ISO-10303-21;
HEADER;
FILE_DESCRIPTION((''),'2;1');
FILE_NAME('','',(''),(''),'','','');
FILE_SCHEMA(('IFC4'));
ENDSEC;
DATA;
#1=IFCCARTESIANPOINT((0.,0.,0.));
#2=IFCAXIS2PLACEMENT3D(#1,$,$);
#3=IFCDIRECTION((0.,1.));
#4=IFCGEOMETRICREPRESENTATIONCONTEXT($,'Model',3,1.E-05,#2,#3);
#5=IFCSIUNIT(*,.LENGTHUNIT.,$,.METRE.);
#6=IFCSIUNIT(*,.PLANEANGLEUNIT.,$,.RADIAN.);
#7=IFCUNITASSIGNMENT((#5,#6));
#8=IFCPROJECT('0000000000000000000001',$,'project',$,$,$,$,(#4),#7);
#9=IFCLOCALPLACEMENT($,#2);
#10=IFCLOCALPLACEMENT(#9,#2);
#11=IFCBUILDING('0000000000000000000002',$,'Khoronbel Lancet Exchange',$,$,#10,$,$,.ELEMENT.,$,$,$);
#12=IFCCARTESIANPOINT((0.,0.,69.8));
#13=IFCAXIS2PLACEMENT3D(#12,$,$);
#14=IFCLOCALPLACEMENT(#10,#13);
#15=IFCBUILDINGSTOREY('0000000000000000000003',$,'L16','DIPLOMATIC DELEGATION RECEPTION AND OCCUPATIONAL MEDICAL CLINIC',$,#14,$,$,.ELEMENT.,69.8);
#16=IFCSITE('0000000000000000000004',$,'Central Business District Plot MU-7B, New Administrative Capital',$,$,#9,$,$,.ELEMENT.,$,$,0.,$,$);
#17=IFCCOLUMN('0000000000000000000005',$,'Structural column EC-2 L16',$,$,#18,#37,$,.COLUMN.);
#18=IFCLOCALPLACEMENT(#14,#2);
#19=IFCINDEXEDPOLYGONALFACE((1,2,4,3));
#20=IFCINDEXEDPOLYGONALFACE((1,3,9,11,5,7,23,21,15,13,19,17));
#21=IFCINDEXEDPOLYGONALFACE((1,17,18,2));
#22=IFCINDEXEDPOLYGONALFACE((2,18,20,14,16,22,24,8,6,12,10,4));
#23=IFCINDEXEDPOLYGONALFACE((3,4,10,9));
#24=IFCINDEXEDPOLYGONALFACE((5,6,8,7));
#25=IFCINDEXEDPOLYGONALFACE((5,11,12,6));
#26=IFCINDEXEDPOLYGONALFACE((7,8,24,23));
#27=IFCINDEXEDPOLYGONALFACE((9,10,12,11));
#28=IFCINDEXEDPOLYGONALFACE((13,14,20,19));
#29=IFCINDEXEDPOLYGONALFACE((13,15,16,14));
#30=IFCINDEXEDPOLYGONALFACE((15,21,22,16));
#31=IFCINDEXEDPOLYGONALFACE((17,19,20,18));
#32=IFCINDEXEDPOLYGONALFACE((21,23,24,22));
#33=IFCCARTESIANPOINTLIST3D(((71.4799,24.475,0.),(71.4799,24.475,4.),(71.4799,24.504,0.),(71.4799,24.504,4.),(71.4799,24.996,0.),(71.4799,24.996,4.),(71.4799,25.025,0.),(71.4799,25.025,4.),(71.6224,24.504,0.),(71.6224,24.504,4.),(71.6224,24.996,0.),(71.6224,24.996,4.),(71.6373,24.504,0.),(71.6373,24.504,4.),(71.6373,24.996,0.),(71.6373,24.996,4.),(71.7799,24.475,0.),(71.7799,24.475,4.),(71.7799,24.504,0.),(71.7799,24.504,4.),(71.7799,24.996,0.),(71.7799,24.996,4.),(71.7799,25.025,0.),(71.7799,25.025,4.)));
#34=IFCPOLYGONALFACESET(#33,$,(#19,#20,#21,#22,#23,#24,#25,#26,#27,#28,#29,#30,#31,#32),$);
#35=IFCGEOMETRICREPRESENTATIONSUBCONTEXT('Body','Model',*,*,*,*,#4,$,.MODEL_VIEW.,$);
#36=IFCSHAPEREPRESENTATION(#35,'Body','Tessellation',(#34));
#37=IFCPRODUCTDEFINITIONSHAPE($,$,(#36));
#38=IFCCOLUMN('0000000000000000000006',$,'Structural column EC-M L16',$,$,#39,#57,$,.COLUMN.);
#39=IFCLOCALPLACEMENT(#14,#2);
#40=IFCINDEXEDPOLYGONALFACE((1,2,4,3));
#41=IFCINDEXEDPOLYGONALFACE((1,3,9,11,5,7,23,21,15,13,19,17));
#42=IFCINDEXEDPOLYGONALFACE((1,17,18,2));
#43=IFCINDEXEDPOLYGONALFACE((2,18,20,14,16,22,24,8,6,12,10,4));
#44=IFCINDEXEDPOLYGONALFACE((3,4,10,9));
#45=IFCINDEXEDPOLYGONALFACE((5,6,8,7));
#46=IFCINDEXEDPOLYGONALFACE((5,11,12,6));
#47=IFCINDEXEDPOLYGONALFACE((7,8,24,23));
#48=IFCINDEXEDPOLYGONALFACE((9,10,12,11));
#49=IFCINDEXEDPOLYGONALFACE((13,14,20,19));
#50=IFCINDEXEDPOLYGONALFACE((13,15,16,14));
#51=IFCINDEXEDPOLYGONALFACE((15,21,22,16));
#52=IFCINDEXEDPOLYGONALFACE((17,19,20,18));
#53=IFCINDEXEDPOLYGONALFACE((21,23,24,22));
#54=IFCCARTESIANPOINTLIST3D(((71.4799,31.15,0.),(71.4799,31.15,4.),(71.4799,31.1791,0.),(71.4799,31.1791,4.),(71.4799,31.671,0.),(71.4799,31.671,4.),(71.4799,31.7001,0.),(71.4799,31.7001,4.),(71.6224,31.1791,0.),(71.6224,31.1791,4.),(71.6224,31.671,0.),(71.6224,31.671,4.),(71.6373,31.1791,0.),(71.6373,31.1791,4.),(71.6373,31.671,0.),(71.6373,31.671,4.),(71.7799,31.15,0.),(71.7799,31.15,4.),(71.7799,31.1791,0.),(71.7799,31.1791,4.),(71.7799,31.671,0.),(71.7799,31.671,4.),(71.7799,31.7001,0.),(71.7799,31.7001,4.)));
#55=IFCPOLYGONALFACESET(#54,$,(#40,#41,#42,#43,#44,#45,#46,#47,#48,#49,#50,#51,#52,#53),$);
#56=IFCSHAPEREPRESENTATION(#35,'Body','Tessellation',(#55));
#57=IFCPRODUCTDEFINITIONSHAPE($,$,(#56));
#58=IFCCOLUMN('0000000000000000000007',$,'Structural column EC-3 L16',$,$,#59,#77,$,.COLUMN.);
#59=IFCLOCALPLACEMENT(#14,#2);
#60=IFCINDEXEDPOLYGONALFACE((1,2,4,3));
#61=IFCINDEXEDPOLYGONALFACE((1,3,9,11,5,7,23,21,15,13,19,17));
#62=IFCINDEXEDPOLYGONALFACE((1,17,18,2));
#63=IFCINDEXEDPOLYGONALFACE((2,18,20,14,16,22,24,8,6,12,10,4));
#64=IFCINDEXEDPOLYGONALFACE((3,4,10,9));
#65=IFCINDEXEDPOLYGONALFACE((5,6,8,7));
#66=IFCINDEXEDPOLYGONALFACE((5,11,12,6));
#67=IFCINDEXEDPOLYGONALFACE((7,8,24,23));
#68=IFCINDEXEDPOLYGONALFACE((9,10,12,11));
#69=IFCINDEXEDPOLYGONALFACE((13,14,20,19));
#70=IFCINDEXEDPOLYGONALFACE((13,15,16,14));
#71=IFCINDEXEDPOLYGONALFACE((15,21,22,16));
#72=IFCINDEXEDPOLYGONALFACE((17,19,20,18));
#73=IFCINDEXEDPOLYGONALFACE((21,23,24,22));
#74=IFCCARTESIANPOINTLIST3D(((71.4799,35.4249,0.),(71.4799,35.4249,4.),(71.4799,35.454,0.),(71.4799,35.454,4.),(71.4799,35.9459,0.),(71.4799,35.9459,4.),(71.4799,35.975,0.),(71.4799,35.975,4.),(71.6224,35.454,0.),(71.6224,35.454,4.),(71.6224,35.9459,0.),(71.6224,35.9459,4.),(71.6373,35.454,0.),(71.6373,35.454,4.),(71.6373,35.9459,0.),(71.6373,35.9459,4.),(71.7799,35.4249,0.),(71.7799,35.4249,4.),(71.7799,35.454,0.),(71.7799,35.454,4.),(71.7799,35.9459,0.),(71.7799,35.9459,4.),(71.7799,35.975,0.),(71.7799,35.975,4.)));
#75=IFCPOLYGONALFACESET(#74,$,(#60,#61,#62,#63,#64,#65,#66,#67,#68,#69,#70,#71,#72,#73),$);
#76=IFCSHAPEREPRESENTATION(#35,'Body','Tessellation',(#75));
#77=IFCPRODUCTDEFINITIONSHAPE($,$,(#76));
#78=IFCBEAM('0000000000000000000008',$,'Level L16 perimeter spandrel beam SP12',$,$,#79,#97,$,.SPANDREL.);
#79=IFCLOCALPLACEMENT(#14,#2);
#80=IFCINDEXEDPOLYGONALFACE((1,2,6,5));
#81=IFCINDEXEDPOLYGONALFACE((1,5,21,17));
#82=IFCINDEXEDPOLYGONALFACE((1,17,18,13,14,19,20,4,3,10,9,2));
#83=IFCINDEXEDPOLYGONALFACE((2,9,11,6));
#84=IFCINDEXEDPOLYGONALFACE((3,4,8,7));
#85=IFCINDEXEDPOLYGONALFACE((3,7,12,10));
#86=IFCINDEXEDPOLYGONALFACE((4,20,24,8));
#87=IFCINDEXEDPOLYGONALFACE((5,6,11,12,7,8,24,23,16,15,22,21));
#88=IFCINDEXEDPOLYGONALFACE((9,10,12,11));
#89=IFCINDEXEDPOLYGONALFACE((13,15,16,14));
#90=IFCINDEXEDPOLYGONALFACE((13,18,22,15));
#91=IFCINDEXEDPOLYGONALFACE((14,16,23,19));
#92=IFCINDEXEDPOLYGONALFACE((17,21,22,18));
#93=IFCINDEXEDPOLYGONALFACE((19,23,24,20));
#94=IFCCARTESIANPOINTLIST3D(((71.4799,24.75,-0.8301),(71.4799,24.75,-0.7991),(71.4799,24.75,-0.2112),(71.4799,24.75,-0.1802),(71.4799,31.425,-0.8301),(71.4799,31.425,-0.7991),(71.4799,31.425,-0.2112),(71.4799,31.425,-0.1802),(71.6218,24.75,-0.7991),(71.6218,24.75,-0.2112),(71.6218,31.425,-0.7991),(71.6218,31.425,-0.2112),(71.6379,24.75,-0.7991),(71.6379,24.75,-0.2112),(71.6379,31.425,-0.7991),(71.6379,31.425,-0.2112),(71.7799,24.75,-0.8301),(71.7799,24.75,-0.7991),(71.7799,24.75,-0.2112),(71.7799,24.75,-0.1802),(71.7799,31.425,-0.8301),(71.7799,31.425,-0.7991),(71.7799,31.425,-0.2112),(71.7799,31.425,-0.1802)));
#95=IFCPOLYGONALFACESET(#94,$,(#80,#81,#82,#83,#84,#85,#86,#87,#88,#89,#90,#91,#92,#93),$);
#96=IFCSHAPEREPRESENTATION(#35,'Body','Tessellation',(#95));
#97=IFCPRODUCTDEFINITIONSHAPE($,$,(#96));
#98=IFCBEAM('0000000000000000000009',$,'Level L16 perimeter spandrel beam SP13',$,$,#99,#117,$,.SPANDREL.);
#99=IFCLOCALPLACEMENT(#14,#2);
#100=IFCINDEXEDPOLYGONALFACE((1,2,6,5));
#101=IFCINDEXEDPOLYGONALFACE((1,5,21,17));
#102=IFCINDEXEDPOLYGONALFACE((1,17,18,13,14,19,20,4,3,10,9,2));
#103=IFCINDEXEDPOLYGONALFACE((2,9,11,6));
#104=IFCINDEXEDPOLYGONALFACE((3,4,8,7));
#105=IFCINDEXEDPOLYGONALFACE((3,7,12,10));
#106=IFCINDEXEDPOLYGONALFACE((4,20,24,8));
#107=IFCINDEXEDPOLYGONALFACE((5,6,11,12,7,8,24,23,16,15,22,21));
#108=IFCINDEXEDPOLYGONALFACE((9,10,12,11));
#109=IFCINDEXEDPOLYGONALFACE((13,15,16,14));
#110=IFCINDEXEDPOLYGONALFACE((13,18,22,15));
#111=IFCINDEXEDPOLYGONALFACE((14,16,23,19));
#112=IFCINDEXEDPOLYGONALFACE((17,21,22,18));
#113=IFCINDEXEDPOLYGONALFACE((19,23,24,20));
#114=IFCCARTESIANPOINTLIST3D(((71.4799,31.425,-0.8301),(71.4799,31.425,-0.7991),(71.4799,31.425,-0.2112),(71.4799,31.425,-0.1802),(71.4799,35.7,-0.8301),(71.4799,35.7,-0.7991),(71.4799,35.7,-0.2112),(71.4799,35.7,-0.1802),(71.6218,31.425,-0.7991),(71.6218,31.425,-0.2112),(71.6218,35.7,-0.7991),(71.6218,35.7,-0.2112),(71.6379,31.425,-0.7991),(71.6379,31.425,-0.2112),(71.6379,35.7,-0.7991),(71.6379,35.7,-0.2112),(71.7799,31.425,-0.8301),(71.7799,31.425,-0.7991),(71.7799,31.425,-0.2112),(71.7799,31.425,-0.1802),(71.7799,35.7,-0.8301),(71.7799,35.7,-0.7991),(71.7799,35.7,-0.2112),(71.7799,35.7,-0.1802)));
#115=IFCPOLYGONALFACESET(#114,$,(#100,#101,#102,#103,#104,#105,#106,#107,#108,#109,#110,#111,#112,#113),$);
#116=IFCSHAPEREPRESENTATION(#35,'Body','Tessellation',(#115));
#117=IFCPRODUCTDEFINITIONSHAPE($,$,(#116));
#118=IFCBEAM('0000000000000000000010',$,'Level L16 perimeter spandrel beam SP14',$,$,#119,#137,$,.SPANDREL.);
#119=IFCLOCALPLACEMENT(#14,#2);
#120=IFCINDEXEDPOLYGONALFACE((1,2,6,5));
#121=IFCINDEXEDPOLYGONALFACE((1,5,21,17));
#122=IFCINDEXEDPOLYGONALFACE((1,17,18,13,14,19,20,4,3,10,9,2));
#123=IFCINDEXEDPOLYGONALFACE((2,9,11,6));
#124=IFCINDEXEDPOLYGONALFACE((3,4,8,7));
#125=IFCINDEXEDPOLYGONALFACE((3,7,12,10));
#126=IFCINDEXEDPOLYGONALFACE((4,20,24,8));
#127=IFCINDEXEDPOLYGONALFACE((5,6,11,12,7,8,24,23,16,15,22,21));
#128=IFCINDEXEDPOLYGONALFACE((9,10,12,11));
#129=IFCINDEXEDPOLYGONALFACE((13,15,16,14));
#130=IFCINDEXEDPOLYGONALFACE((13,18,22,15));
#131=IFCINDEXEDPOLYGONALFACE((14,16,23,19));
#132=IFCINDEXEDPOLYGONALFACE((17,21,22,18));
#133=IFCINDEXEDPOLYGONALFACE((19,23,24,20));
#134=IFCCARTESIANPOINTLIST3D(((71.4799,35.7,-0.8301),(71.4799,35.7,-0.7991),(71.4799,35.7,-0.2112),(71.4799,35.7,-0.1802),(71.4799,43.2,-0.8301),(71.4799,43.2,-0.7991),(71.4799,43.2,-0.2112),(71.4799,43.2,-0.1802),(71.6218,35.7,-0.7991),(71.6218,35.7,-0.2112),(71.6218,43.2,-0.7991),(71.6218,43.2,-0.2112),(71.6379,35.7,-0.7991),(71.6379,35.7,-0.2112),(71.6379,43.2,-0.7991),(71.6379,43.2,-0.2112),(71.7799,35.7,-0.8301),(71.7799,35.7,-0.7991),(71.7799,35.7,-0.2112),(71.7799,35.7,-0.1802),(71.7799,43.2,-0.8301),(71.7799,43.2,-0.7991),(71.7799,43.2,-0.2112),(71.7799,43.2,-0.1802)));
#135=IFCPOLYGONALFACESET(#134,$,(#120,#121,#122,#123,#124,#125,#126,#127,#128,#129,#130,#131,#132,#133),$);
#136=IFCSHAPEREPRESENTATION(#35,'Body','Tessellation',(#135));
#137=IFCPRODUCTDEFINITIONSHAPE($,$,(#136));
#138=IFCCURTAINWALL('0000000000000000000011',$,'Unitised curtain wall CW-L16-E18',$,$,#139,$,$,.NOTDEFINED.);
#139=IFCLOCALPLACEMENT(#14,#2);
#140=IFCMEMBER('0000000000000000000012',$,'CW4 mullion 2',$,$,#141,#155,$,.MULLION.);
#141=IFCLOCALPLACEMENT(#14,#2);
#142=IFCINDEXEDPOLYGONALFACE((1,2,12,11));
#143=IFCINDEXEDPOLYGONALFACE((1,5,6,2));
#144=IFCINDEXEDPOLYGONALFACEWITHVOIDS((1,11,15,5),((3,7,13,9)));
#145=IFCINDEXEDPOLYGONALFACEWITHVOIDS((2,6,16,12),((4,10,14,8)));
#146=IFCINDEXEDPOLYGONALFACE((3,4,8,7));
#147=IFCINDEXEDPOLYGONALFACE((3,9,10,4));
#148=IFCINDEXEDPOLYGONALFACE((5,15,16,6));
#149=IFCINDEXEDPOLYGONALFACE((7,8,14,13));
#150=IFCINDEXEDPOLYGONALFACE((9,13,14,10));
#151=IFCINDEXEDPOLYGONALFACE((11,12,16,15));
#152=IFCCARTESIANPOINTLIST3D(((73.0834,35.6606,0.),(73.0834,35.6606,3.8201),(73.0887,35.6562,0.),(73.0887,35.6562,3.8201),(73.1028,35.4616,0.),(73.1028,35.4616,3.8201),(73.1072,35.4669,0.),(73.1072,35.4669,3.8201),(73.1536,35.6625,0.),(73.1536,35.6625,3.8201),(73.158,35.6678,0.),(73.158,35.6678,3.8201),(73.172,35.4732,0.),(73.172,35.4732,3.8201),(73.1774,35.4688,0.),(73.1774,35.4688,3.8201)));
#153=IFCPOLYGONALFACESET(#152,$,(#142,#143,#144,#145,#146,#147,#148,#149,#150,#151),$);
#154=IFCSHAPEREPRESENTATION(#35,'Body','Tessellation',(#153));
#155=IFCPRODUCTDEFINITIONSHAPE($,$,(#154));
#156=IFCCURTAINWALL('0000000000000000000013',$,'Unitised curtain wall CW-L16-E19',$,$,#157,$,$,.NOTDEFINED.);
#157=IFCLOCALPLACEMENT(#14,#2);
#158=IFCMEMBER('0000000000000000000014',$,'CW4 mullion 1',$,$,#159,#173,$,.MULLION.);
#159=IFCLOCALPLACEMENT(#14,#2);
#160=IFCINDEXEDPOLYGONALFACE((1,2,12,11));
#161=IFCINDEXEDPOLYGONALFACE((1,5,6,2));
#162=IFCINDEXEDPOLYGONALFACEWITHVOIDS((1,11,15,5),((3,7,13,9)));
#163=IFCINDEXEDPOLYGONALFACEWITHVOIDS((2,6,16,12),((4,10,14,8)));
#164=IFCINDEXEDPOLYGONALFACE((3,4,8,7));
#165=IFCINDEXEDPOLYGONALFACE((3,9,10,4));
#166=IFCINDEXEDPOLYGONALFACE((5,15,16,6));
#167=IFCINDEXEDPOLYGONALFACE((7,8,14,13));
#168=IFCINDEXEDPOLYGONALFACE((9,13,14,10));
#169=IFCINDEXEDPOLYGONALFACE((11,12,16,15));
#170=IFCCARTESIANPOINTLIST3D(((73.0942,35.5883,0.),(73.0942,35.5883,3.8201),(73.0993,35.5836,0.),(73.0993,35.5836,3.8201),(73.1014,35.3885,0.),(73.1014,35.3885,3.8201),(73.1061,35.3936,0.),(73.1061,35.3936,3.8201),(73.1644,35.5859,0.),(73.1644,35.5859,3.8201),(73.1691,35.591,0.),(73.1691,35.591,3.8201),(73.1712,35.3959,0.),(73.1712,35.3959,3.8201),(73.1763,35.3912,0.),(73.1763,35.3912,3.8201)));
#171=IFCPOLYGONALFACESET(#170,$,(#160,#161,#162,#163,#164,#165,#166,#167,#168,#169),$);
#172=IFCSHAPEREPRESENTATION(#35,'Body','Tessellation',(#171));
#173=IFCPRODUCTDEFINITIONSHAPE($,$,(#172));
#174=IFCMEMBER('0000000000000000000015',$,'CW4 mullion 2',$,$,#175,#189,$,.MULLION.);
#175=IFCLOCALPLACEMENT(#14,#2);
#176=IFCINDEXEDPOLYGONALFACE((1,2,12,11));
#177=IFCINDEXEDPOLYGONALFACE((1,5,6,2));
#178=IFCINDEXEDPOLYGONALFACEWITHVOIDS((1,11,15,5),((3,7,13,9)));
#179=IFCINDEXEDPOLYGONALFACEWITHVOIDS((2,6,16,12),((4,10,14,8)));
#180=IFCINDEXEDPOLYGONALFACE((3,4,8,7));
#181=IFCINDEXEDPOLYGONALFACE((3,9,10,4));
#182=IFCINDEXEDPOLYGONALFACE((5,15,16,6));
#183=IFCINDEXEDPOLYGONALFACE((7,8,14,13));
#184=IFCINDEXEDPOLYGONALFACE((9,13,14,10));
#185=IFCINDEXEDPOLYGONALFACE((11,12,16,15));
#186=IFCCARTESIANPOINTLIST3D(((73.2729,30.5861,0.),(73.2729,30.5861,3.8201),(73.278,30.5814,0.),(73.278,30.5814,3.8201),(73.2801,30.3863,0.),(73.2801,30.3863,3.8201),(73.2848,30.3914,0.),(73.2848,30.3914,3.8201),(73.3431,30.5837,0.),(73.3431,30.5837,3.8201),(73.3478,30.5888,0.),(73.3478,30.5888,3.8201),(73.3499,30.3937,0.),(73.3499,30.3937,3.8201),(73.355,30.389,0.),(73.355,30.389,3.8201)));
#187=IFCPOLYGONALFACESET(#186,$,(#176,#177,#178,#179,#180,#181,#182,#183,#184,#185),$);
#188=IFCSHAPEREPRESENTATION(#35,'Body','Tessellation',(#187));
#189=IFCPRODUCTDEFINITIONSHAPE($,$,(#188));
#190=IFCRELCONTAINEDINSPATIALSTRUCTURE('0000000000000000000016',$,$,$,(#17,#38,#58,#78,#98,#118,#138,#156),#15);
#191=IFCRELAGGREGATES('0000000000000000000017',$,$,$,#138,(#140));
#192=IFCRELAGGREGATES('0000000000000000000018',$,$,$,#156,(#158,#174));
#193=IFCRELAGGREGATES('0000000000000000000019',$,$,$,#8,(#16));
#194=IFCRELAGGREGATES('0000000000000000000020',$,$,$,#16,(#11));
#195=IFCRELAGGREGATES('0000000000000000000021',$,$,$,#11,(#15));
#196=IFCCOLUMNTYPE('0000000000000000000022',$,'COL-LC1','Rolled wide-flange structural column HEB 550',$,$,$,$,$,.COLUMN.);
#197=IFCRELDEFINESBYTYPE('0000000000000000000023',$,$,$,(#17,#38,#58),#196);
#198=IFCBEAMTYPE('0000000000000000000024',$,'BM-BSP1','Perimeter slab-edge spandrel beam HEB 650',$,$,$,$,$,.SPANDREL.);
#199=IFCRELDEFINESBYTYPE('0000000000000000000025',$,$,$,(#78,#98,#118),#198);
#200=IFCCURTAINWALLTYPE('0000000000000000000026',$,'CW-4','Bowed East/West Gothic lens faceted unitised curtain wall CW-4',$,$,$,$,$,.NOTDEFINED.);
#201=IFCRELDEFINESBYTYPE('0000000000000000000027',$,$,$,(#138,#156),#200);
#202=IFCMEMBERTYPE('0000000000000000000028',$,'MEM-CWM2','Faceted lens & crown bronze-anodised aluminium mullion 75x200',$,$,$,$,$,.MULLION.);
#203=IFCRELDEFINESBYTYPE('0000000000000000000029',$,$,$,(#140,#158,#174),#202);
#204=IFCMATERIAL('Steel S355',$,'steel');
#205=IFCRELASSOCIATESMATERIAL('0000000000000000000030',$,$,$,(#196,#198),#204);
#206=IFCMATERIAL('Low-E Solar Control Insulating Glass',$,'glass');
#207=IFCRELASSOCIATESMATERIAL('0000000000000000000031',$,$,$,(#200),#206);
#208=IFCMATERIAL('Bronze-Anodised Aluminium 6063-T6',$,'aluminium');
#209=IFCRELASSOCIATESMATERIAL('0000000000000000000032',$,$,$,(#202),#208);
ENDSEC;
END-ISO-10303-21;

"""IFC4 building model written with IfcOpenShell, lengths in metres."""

from ifc_helpers import new_model, si_unit, direction, frame, origin, origin_2d, place, context, subcontext, project, spatial, hollow_rectangle, i_section, extrude, material, material_profile, profile_set, type_object, element, aggregate, save


model = new_model("IFC4")

# Units and contexts
model_context = context("Model", 3, precision=1e-05, world=origin(), true_north=direction((0.0, 1.0)))
body_context = subcontext(model_context, "Body", "Model", "MODEL_VIEW")
ifc_project = project(units=[si_unit("LENGTHUNIT", "METRE"), si_unit("PLANEANGLEUNIT", "RADIAN")], contexts=[model_context])

# Site, building, storey
site_placement = place(None, origin())
site = spatial("IfcSite", under=ifc_project, at=site_placement, Name="Central Business District Plot MU-7B, New Administrative Capital", CompositionType="ELEMENT", RefElevation=0.0)
building_placement = place(site_placement, origin())
building = spatial("IfcBuilding", under=site, at=building_placement, Name="Khoronbel Lancet Exchange", CompositionType="ELEMENT")
storey_placement = place(building_placement, frame((0.0, 0.0, 69.8)))
storey = spatial("IfcBuildingStorey", under=building, at=storey_placement, Name="L16", Description="DIPLOMATIC DELEGATION RECEPTION AND OCCUPATIONAL MEDICAL CLINIC", CompositionType="ELEMENT", Elevation=69.8)

# Columns
ifc_material_1 = material(Name="Steel S355", Category="steel")
ifc_material_profile_1 = material_profile(ifc_material_1, i_section(OverallWidth=0.3, OverallDepth=0.55, WebThickness=0.0149, FlangeThickness=0.0291, at=origin_2d()), Name="HEB 550")
ifc_profile_set_1 = profile_set([ifc_material_profile_1], Name="Steel S355")
column_type = type_object("IfcColumnType", Name="COL-LC1", Description="Rolled wide-flange structural column HEB 550", PredefinedType="COLUMN", material=ifc_profile_set_1)
for number, where, z_axis, x_axis, name in (
    (1, (71.6299, 24.75, 0.0), (0.0, 0.0, 1.0), (1.0, 0.0, 0.0), "Structural column EC-2 L16"),
    (2, (71.6299, 31.425, 0.0), (0.0, 0.0, 1.0), (1.0, 0.0, 0.0), "Structural column EC-M L16"),
    (3, (71.6299, 35.7, 0.0), (0.0, 0.0, 1.0), (1.0, 0.0, 0.0), "Structural column EC-3 L16"),
):
    element("IfcColumn", number, at=place(storey_placement, frame(where, z_axis=z_axis, x_axis=x_axis)), inside=storey, type_object=column_type, Name=name, PredefinedType="COLUMN", context=body_context, shape_type="SweptSolid", body=[
        extrude(i_section(OverallWidth=0.3, OverallDepth=0.55, WebThickness=0.0149, FlangeThickness=0.0291, at=origin_2d()), origin(), (0.0, 0.0, 1.0), 4.0),
    ])

# Beams
ifc_material_profile_2 = material_profile(ifc_material_1, i_section(OverallWidth=0.3, OverallDepth=0.6499, WebThickness=0.0161, FlangeThickness=0.031, at=origin_2d()), Name="HEB 650")
ifc_profile_set_2 = profile_set([ifc_material_profile_2], Name="Steel S355")
beam_type = type_object("IfcBeamType", Name="BM-BSP1", Description="Perimeter slab-edge spandrel beam HEB 650", PredefinedType="SPANDREL", material=ifc_profile_set_2)
beam_1_placement = place(storey_placement, frame((71.6299, 24.75, -0.5051), z_axis=(0.0, 1.0, 0.0), x_axis=(-1.0, 0.0, 0.0)))
element("IfcBeam", 4, at=beam_1_placement, inside=storey, type_object=beam_type, Name="Level L16 perimeter spandrel beam SP12", PredefinedType="SPANDREL", context=body_context, shape_type="SweptSolid", body=[
    extrude(i_section(OverallWidth=0.3, OverallDepth=0.6499, WebThickness=0.0161, FlangeThickness=0.031, at=origin_2d()), origin(), (0.0, 0.0, 1.0), 6.675),
])
beam_2_placement = place(storey_placement, frame((71.6299, 31.425, -0.5051), z_axis=(0.0, 1.0, 0.0), x_axis=(-1.0, 0.0, 0.0)))
element("IfcBeam", 5, at=beam_2_placement, inside=storey, type_object=beam_type, Name="Level L16 perimeter spandrel beam SP13", PredefinedType="SPANDREL", context=body_context, shape_type="SweptSolid", body=[
    extrude(i_section(OverallWidth=0.3, OverallDepth=0.6499, WebThickness=0.0161, FlangeThickness=0.031, at=origin_2d()), origin(), (0.0, 0.0, 1.0), 4.2749),
])
beam_3_placement = place(storey_placement, frame((71.6299, 35.7, -0.5051), z_axis=(0.0, 1.0, 0.0), x_axis=(-1.0, 0.0, 0.0)))
element("IfcBeam", 6, at=beam_3_placement, inside=storey, type_object=beam_type, Name="Level L16 perimeter spandrel beam SP14", PredefinedType="SPANDREL", context=body_context, shape_type="SweptSolid", body=[
    extrude(i_section(OverallWidth=0.3, OverallDepth=0.6499, WebThickness=0.0161, FlangeThickness=0.031, at=origin_2d()), origin(), (0.0, 0.0, 1.0), 7.5),
])

# Curtain wall, member
ifc_material_2 = material(Name="Low-E Solar Control Insulating Glass", Category="glass")
curtain_wall_type = type_object("IfcCurtainWallType", Name="CW-4", Description="Bowed East/West Gothic lens faceted unitised curtain wall CW-4", PredefinedType="NOTDEFINED", material=ifc_material_2)
curtain_wall_1_placement = place(storey_placement, origin())
curtain_wall_1 = element("IfcCurtainWall", 7, at=curtain_wall_1_placement, inside=storey, type_object=curtain_wall_type, Name="Unitised curtain wall CW-L16-E18", PredefinedType="NOTDEFINED")
ifc_material_3 = material(Name="Bronze-Anodised Aluminium 6063-T6", Category="aluminium")
ifc_material_profile_3 = material_profile(ifc_material_3, hollow_rectangle(XDim=0.075, YDim=0.2, WallThickness=0.0049, at=origin_2d()), Name="ALU MULLION 75x200")
ifc_profile_set_3 = profile_set([ifc_material_profile_3], Name="Bronze-Anodised Aluminium 6063-T6")
member_type_1 = type_object("IfcMemberType", Name="MEM-CWM2", Description="Faceted lens & crown bronze-anodised aluminium mullion 75x200", PredefinedType="MULLION", material=ifc_profile_set_3)
member_1_placement = place(storey_placement, frame((73.1304, 35.5647, 0.0), z_axis=(0.0, 0.0, 1.0), x_axis=(0.995271, 0.097135, 0.0)))
member_1 = element("IfcMember", 8, at=member_1_placement, type_object=member_type_1, Name="CW4 mullion 2", PredefinedType="MULLION", context=body_context, shape_type="SweptSolid", body=[
    extrude(hollow_rectangle(XDim=0.075, YDim=0.2, WallThickness=0.0049, at=origin_2d()), origin(), (0.0, 0.0, 1.0), 3.8201),
])

# Curtain wall, members
curtain_wall_2_placement = place(storey_placement, origin())
curtain_wall_2 = element("IfcCurtainWall", 9, at=curtain_wall_2_placement, inside=storey, type_object=curtain_wall_type, Name="Unitised curtain wall CW-L16-E19", PredefinedType="NOTDEFINED")
member_2_placement = place(storey_placement, frame((73.1353, 35.4897, 0.0), z_axis=(0.0, 0.0, 1.0), x_axis=(0.999363, 0.035685, 0.0)))
member_2 = element("IfcMember", 10, at=member_2_placement, type_object=member_type_1, Name="CW4 mullion 1", PredefinedType="MULLION", context=body_context, shape_type="SweptSolid", body=[
    extrude(hollow_rectangle(XDim=0.075, YDim=0.2, WallThickness=0.0049, at=origin_2d()), origin(), (0.0, 0.0, 1.0), 3.8201),
])
member_3_placement = place(storey_placement, frame((73.314, 30.4875, 0.0), z_axis=(0.0, 0.0, 1.0), x_axis=(0.999363, 0.035685, 0.0)))
member_3 = element("IfcMember", 11, at=member_3_placement, type_object=member_type_1, Name="CW4 mullion 2", PredefinedType="MULLION", context=body_context, shape_type="SweptSolid", body=[
    extrude(hollow_rectangle(XDim=0.075, YDim=0.2, WallThickness=0.0049, at=origin_2d()), origin(), (0.0, 0.0, 1.0), 3.8201),
])

aggregate(curtain_wall_1, [member_1])
aggregate(curtain_wall_2, [member_2, member_3])

save(model, "model.ifc")
